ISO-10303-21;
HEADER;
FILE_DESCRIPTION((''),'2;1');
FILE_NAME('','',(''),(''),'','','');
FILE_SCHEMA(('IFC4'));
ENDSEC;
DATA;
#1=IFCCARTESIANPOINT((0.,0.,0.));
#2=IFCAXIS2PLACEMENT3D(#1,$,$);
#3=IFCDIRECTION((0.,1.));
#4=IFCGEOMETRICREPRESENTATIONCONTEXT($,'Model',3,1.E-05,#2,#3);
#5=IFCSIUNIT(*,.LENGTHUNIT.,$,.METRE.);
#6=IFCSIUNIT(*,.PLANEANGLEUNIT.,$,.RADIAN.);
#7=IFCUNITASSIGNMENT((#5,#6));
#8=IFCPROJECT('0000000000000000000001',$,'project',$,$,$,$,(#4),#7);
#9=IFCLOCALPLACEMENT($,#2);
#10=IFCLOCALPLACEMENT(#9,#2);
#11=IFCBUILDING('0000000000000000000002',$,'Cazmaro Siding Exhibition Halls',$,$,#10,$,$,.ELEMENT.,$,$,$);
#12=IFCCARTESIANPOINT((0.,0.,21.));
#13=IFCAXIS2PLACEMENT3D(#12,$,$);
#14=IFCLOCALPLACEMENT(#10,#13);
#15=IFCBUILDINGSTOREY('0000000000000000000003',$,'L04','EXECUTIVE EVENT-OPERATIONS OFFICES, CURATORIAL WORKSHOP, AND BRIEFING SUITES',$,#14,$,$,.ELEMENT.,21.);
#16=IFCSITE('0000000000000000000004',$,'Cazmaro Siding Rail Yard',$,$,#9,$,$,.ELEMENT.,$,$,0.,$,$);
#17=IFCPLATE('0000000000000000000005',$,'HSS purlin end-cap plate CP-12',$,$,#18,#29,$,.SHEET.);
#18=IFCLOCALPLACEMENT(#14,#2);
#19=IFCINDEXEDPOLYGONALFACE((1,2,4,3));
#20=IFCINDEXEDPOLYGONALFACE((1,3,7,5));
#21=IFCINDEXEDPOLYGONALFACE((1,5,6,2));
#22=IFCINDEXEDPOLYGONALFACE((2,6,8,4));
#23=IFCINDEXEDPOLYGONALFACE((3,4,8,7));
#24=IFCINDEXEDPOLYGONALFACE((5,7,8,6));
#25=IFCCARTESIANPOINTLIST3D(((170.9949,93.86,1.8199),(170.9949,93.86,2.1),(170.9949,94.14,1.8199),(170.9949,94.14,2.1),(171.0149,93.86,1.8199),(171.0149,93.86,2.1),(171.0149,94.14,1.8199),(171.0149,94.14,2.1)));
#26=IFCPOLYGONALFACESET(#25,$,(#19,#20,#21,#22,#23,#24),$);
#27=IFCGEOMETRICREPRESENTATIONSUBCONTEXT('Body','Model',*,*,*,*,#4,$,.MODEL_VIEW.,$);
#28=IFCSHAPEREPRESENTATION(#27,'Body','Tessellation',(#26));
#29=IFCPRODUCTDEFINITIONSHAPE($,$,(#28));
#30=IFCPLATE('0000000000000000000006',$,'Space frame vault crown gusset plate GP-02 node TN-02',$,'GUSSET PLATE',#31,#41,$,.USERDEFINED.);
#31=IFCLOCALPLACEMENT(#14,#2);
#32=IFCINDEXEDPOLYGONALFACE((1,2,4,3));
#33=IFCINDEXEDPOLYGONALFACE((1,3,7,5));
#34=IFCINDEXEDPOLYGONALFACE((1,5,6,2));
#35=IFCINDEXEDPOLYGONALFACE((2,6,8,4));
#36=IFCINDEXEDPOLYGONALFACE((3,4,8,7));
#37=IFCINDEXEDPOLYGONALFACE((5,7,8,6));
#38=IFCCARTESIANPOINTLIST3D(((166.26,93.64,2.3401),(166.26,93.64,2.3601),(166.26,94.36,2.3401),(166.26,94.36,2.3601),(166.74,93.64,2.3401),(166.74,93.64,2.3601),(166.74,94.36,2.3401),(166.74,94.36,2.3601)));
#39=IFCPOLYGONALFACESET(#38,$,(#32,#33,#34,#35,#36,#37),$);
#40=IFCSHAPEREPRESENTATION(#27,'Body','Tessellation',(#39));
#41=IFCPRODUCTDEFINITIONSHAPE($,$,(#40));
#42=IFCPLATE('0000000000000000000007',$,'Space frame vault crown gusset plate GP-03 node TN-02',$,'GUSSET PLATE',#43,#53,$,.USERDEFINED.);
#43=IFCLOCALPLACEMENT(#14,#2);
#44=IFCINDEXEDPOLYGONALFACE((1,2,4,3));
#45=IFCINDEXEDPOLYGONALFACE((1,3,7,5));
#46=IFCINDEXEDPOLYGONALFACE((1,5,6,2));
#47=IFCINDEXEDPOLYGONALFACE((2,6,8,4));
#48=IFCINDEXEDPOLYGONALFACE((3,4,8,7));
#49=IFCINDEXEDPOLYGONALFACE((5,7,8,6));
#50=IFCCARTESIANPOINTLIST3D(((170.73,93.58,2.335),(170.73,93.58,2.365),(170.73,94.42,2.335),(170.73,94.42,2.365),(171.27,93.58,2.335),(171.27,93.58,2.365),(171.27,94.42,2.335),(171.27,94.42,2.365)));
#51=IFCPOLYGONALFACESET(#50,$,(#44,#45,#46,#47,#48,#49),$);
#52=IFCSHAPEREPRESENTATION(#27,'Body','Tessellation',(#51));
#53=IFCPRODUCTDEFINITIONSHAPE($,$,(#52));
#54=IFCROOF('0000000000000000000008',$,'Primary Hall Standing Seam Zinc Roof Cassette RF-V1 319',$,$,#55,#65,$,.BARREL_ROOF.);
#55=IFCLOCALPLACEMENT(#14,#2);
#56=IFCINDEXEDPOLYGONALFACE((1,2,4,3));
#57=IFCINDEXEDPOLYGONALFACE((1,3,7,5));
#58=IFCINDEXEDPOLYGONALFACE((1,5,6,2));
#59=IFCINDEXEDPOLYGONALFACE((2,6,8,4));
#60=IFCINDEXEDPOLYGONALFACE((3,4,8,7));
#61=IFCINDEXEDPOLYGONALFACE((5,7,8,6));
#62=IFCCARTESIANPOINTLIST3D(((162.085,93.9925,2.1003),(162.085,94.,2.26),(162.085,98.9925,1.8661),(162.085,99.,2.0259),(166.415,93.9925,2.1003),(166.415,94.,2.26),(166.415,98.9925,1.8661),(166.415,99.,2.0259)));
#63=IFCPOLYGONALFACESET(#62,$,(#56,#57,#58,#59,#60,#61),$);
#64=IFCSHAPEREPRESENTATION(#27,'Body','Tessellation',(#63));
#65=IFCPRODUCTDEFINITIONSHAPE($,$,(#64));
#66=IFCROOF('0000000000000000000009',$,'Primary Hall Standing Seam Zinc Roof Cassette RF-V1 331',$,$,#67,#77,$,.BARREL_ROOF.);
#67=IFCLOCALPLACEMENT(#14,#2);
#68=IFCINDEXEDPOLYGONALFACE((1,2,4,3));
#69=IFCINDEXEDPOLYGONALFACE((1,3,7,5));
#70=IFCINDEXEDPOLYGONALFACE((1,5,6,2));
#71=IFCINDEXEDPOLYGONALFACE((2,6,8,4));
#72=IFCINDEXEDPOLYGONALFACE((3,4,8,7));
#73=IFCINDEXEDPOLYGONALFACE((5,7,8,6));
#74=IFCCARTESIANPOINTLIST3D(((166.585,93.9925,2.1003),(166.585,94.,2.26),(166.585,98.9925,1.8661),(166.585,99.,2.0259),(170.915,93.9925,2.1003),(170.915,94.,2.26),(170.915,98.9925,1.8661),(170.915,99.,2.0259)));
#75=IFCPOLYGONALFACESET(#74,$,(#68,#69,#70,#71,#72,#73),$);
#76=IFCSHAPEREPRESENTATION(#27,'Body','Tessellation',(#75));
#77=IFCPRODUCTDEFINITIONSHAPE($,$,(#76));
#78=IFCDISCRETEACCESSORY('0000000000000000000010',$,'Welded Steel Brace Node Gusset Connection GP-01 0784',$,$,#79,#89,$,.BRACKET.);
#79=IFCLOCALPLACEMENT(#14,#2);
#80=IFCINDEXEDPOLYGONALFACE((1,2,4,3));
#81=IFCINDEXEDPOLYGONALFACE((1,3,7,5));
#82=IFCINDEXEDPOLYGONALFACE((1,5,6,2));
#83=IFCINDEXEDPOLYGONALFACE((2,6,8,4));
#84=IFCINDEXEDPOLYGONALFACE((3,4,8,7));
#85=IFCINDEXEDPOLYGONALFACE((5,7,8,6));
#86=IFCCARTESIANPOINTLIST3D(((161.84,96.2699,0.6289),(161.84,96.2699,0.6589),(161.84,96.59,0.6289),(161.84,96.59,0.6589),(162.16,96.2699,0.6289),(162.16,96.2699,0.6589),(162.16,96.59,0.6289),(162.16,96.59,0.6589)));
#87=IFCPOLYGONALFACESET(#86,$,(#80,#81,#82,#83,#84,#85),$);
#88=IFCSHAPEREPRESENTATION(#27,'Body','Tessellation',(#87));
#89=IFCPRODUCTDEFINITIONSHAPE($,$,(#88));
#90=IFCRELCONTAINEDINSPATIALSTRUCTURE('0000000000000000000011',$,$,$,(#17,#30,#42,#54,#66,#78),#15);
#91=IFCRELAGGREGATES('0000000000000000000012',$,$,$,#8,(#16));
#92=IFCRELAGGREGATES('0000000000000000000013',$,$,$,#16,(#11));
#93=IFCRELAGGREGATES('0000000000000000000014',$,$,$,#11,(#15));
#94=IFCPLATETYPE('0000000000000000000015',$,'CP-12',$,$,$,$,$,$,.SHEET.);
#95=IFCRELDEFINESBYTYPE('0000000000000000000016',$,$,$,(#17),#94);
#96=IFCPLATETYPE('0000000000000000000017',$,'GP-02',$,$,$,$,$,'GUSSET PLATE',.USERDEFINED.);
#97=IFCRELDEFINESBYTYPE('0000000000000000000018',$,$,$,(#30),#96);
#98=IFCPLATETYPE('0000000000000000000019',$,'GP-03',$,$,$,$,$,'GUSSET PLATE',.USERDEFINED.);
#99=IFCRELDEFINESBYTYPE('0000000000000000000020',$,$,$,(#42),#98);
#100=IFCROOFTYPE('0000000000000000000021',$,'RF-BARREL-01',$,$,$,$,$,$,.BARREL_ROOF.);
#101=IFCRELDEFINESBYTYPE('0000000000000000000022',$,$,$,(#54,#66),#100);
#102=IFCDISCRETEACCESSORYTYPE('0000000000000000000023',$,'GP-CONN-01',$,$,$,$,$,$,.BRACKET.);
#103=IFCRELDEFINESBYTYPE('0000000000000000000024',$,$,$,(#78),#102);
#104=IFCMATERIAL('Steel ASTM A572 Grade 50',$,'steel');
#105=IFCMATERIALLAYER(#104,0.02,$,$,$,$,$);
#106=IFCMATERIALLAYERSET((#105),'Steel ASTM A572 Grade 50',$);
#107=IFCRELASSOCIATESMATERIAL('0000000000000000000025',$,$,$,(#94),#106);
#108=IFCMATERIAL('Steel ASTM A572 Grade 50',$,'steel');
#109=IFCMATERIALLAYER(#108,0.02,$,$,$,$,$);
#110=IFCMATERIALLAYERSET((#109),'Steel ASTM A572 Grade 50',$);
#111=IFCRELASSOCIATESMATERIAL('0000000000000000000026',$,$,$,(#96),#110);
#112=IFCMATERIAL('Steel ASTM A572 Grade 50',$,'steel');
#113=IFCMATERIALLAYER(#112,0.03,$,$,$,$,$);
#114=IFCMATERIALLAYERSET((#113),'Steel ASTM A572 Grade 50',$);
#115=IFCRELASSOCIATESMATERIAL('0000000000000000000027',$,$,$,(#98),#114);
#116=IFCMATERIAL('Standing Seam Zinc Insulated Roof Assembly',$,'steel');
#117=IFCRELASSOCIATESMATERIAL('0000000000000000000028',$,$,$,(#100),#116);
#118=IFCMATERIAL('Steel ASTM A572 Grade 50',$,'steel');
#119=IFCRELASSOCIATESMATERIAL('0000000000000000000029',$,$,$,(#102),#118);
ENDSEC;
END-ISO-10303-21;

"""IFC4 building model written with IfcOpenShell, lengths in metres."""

from ifc_helpers import new_model, si_unit, direction, frame, origin, origin_2d, place, context, subcontext, project, spatial, polyline, rectangle, outline, extrude, material, layer, layer_set, type_object, element, save


model = new_model("IFC4")

# Units and contexts
model_context = context("Model", 3, precision=1e-05, world=origin(), true_north=direction((0.0, 1.0)))
body_context = subcontext(model_context, "Body", "Model", "MODEL_VIEW")
ifc_project = project(units=[si_unit("LENGTHUNIT", "METRE"), si_unit("PLANEANGLEUNIT", "RADIAN")], contexts=[model_context])

# Site, building, storey
site_placement = place(None, origin())
site = spatial("IfcSite", under=ifc_project, at=site_placement, Name="Cazmaro Siding Rail Yard", CompositionType="ELEMENT", RefElevation=0.0)
building_placement = place(site_placement, origin())
building = spatial("IfcBuilding", under=site, at=building_placement, Name="Cazmaro Siding Exhibition Halls", CompositionType="ELEMENT")
storey_placement = place(building_placement, frame((0.0, 0.0, 21.0)))
storey = spatial("IfcBuildingStorey", under=building, at=storey_placement, Name="L04", Description="EXECUTIVE EVENT-OPERATIONS OFFICES, CURATORIAL WORKSHOP, AND BRIEFING SUITES", CompositionType="ELEMENT", Elevation=21.0)

# Plates
ifc_material_1 = material(Name="Steel ASTM A572 Grade 50", Category="steel")
ifc_layer_1 = layer(ifc_material_1, 0.02)
ifc_layer_set_1 = layer_set([ifc_layer_1], Name="Steel ASTM A572 Grade 50")
plate_type_1 = type_object("IfcPlateType", Name="CP-12", PredefinedType="SHEET", material=ifc_layer_set_1)
plate_1_placement = place(storey_placement, frame((170.9949, 94.0, 1.96), z_axis=(1.0, 0.0, 0.0), x_axis=(0.0, 1.0, 0.0)))
element("IfcPlate", 1, at=plate_1_placement, inside=storey, type_object=plate_type_1, Name="HSS purlin end-cap plate CP-12", PredefinedType="SHEET", context=body_context, shape_type="SweptSolid", body=[
    extrude(rectangle(XDim=0.28, YDim=0.28, at=origin_2d()), origin(), (0.0, 0.0, 1.0), 0.02),
])
ifc_material_2 = material(Name="Steel ASTM A572 Grade 50", Category="steel")
ifc_layer_2 = layer(ifc_material_2, 0.02)
ifc_layer_set_2 = layer_set([ifc_layer_2], Name="Steel ASTM A572 Grade 50")
plate_type_2 = type_object("IfcPlateType", Name="GP-02", ElementType="GUSSET PLATE", PredefinedType="USERDEFINED", material=ifc_layer_set_2)
plate_2_placement = place(storey_placement, frame((166.5, 94.0, 2.3401), z_axis=(0.0, 0.0, 1.0), x_axis=(0.0, 1.0, 0.0)))
element("IfcPlate", 2, at=plate_2_placement, inside=storey, type_object=plate_type_2, Name="Space frame vault crown gusset plate GP-02 node TN-02", ObjectType="GUSSET PLATE", PredefinedType="USERDEFINED", context=body_context, shape_type="SweptSolid", body=[
    extrude(rectangle(XDim=0.72, YDim=0.48, at=origin_2d()), origin(), (0.0, 0.0, 1.0), 0.02),
])
ifc_material_3 = material(Name="Steel ASTM A572 Grade 50", Category="steel")
ifc_layer_3 = layer(ifc_material_3, 0.03)
ifc_layer_set_3 = layer_set([ifc_layer_3], Name="Steel ASTM A572 Grade 50")
plate_type_3 = type_object("IfcPlateType", Name="GP-03", ElementType="GUSSET PLATE", PredefinedType="USERDEFINED", material=ifc_layer_set_3)
plate_3_placement = place(storey_placement, frame((171.0, 94.0, 2.335), z_axis=(0.0, 0.0, 1.0), x_axis=(0.0, 1.0, 0.0)))
element("IfcPlate", 3, at=plate_3_placement, inside=storey, type_object=plate_type_3, Name="Space frame vault crown gusset plate GP-03 node TN-02", ObjectType="GUSSET PLATE", PredefinedType="USERDEFINED", context=body_context, shape_type="SweptSolid", body=[
    extrude(rectangle(XDim=0.8401, YDim=0.54, at=origin_2d()), origin(), (0.0, 0.0, 1.0), 0.03),
])

# Roofs
ifc_material_4 = material(Name="Standing Seam Zinc Insulated Roof Assembly", Category="steel")
roof_type = type_object("IfcRoofType", Name="RF-BARREL-01", PredefinedType="BARREL_ROOF", material=ifc_material_4)
for number, where, z_axis, x_axis, name in (
    (4, (162.085, 94.0, 2.26), (0.0, 0.046775, 0.998905), (1.0, 0.0, 0.0), "Primary Hall Standing Seam Zinc Roof Cassette RF-V1 319"),
    (5, (166.585, 94.0, 2.26), (0.0, 0.046775, 0.998905), (1.0, 0.0, 0.0), "Primary Hall Standing Seam Zinc Roof Cassette RF-V1 331"),
):
    element("IfcRoof", number, at=place(storey_placement, frame(where, z_axis=z_axis, x_axis=x_axis)), inside=storey, type_object=roof_type, Name=name, PredefinedType="BARREL_ROOF", context=body_context, shape_type="SweptSolid", body=[
        extrude(outline(polyline([(0.0, 0.0), (4.3301, 0.0), (4.3301, 5.0055), (0.0, 5.0055), (0.0, 0.0)])), origin(), (0.0, 0.0, -1.0), 0.1599),
    ])

# Discrete accessory
ifc_material_5 = material(Name="Steel ASTM A572 Grade 50", Category="steel")
discrete_accessory_type = type_object("IfcDiscreteAccessoryType", Name="GP-CONN-01", PredefinedType="BRACKET", material=ifc_material_5)
discrete_accessory_placement = place(storey_placement, frame((162.0, 96.4299, 0.6289), z_axis=(0.0, 0.0, 1.0), x_axis=(1.0, 0.0, 0.0)))
element("IfcDiscreteAccessory", 6, at=discrete_accessory_placement, inside=storey, type_object=discrete_accessory_type, Name="Welded Steel Brace Node Gusset Connection GP-01 0784", PredefinedType="BRACKET", context=body_context, shape_type="SweptSolid", body=[
    extrude(rectangle(XDim=0.3201, YDim=0.3201, at=origin_2d()), origin(), (0.0, 0.0, 1.0), 0.03),
])

save(model, "model.ifc")
